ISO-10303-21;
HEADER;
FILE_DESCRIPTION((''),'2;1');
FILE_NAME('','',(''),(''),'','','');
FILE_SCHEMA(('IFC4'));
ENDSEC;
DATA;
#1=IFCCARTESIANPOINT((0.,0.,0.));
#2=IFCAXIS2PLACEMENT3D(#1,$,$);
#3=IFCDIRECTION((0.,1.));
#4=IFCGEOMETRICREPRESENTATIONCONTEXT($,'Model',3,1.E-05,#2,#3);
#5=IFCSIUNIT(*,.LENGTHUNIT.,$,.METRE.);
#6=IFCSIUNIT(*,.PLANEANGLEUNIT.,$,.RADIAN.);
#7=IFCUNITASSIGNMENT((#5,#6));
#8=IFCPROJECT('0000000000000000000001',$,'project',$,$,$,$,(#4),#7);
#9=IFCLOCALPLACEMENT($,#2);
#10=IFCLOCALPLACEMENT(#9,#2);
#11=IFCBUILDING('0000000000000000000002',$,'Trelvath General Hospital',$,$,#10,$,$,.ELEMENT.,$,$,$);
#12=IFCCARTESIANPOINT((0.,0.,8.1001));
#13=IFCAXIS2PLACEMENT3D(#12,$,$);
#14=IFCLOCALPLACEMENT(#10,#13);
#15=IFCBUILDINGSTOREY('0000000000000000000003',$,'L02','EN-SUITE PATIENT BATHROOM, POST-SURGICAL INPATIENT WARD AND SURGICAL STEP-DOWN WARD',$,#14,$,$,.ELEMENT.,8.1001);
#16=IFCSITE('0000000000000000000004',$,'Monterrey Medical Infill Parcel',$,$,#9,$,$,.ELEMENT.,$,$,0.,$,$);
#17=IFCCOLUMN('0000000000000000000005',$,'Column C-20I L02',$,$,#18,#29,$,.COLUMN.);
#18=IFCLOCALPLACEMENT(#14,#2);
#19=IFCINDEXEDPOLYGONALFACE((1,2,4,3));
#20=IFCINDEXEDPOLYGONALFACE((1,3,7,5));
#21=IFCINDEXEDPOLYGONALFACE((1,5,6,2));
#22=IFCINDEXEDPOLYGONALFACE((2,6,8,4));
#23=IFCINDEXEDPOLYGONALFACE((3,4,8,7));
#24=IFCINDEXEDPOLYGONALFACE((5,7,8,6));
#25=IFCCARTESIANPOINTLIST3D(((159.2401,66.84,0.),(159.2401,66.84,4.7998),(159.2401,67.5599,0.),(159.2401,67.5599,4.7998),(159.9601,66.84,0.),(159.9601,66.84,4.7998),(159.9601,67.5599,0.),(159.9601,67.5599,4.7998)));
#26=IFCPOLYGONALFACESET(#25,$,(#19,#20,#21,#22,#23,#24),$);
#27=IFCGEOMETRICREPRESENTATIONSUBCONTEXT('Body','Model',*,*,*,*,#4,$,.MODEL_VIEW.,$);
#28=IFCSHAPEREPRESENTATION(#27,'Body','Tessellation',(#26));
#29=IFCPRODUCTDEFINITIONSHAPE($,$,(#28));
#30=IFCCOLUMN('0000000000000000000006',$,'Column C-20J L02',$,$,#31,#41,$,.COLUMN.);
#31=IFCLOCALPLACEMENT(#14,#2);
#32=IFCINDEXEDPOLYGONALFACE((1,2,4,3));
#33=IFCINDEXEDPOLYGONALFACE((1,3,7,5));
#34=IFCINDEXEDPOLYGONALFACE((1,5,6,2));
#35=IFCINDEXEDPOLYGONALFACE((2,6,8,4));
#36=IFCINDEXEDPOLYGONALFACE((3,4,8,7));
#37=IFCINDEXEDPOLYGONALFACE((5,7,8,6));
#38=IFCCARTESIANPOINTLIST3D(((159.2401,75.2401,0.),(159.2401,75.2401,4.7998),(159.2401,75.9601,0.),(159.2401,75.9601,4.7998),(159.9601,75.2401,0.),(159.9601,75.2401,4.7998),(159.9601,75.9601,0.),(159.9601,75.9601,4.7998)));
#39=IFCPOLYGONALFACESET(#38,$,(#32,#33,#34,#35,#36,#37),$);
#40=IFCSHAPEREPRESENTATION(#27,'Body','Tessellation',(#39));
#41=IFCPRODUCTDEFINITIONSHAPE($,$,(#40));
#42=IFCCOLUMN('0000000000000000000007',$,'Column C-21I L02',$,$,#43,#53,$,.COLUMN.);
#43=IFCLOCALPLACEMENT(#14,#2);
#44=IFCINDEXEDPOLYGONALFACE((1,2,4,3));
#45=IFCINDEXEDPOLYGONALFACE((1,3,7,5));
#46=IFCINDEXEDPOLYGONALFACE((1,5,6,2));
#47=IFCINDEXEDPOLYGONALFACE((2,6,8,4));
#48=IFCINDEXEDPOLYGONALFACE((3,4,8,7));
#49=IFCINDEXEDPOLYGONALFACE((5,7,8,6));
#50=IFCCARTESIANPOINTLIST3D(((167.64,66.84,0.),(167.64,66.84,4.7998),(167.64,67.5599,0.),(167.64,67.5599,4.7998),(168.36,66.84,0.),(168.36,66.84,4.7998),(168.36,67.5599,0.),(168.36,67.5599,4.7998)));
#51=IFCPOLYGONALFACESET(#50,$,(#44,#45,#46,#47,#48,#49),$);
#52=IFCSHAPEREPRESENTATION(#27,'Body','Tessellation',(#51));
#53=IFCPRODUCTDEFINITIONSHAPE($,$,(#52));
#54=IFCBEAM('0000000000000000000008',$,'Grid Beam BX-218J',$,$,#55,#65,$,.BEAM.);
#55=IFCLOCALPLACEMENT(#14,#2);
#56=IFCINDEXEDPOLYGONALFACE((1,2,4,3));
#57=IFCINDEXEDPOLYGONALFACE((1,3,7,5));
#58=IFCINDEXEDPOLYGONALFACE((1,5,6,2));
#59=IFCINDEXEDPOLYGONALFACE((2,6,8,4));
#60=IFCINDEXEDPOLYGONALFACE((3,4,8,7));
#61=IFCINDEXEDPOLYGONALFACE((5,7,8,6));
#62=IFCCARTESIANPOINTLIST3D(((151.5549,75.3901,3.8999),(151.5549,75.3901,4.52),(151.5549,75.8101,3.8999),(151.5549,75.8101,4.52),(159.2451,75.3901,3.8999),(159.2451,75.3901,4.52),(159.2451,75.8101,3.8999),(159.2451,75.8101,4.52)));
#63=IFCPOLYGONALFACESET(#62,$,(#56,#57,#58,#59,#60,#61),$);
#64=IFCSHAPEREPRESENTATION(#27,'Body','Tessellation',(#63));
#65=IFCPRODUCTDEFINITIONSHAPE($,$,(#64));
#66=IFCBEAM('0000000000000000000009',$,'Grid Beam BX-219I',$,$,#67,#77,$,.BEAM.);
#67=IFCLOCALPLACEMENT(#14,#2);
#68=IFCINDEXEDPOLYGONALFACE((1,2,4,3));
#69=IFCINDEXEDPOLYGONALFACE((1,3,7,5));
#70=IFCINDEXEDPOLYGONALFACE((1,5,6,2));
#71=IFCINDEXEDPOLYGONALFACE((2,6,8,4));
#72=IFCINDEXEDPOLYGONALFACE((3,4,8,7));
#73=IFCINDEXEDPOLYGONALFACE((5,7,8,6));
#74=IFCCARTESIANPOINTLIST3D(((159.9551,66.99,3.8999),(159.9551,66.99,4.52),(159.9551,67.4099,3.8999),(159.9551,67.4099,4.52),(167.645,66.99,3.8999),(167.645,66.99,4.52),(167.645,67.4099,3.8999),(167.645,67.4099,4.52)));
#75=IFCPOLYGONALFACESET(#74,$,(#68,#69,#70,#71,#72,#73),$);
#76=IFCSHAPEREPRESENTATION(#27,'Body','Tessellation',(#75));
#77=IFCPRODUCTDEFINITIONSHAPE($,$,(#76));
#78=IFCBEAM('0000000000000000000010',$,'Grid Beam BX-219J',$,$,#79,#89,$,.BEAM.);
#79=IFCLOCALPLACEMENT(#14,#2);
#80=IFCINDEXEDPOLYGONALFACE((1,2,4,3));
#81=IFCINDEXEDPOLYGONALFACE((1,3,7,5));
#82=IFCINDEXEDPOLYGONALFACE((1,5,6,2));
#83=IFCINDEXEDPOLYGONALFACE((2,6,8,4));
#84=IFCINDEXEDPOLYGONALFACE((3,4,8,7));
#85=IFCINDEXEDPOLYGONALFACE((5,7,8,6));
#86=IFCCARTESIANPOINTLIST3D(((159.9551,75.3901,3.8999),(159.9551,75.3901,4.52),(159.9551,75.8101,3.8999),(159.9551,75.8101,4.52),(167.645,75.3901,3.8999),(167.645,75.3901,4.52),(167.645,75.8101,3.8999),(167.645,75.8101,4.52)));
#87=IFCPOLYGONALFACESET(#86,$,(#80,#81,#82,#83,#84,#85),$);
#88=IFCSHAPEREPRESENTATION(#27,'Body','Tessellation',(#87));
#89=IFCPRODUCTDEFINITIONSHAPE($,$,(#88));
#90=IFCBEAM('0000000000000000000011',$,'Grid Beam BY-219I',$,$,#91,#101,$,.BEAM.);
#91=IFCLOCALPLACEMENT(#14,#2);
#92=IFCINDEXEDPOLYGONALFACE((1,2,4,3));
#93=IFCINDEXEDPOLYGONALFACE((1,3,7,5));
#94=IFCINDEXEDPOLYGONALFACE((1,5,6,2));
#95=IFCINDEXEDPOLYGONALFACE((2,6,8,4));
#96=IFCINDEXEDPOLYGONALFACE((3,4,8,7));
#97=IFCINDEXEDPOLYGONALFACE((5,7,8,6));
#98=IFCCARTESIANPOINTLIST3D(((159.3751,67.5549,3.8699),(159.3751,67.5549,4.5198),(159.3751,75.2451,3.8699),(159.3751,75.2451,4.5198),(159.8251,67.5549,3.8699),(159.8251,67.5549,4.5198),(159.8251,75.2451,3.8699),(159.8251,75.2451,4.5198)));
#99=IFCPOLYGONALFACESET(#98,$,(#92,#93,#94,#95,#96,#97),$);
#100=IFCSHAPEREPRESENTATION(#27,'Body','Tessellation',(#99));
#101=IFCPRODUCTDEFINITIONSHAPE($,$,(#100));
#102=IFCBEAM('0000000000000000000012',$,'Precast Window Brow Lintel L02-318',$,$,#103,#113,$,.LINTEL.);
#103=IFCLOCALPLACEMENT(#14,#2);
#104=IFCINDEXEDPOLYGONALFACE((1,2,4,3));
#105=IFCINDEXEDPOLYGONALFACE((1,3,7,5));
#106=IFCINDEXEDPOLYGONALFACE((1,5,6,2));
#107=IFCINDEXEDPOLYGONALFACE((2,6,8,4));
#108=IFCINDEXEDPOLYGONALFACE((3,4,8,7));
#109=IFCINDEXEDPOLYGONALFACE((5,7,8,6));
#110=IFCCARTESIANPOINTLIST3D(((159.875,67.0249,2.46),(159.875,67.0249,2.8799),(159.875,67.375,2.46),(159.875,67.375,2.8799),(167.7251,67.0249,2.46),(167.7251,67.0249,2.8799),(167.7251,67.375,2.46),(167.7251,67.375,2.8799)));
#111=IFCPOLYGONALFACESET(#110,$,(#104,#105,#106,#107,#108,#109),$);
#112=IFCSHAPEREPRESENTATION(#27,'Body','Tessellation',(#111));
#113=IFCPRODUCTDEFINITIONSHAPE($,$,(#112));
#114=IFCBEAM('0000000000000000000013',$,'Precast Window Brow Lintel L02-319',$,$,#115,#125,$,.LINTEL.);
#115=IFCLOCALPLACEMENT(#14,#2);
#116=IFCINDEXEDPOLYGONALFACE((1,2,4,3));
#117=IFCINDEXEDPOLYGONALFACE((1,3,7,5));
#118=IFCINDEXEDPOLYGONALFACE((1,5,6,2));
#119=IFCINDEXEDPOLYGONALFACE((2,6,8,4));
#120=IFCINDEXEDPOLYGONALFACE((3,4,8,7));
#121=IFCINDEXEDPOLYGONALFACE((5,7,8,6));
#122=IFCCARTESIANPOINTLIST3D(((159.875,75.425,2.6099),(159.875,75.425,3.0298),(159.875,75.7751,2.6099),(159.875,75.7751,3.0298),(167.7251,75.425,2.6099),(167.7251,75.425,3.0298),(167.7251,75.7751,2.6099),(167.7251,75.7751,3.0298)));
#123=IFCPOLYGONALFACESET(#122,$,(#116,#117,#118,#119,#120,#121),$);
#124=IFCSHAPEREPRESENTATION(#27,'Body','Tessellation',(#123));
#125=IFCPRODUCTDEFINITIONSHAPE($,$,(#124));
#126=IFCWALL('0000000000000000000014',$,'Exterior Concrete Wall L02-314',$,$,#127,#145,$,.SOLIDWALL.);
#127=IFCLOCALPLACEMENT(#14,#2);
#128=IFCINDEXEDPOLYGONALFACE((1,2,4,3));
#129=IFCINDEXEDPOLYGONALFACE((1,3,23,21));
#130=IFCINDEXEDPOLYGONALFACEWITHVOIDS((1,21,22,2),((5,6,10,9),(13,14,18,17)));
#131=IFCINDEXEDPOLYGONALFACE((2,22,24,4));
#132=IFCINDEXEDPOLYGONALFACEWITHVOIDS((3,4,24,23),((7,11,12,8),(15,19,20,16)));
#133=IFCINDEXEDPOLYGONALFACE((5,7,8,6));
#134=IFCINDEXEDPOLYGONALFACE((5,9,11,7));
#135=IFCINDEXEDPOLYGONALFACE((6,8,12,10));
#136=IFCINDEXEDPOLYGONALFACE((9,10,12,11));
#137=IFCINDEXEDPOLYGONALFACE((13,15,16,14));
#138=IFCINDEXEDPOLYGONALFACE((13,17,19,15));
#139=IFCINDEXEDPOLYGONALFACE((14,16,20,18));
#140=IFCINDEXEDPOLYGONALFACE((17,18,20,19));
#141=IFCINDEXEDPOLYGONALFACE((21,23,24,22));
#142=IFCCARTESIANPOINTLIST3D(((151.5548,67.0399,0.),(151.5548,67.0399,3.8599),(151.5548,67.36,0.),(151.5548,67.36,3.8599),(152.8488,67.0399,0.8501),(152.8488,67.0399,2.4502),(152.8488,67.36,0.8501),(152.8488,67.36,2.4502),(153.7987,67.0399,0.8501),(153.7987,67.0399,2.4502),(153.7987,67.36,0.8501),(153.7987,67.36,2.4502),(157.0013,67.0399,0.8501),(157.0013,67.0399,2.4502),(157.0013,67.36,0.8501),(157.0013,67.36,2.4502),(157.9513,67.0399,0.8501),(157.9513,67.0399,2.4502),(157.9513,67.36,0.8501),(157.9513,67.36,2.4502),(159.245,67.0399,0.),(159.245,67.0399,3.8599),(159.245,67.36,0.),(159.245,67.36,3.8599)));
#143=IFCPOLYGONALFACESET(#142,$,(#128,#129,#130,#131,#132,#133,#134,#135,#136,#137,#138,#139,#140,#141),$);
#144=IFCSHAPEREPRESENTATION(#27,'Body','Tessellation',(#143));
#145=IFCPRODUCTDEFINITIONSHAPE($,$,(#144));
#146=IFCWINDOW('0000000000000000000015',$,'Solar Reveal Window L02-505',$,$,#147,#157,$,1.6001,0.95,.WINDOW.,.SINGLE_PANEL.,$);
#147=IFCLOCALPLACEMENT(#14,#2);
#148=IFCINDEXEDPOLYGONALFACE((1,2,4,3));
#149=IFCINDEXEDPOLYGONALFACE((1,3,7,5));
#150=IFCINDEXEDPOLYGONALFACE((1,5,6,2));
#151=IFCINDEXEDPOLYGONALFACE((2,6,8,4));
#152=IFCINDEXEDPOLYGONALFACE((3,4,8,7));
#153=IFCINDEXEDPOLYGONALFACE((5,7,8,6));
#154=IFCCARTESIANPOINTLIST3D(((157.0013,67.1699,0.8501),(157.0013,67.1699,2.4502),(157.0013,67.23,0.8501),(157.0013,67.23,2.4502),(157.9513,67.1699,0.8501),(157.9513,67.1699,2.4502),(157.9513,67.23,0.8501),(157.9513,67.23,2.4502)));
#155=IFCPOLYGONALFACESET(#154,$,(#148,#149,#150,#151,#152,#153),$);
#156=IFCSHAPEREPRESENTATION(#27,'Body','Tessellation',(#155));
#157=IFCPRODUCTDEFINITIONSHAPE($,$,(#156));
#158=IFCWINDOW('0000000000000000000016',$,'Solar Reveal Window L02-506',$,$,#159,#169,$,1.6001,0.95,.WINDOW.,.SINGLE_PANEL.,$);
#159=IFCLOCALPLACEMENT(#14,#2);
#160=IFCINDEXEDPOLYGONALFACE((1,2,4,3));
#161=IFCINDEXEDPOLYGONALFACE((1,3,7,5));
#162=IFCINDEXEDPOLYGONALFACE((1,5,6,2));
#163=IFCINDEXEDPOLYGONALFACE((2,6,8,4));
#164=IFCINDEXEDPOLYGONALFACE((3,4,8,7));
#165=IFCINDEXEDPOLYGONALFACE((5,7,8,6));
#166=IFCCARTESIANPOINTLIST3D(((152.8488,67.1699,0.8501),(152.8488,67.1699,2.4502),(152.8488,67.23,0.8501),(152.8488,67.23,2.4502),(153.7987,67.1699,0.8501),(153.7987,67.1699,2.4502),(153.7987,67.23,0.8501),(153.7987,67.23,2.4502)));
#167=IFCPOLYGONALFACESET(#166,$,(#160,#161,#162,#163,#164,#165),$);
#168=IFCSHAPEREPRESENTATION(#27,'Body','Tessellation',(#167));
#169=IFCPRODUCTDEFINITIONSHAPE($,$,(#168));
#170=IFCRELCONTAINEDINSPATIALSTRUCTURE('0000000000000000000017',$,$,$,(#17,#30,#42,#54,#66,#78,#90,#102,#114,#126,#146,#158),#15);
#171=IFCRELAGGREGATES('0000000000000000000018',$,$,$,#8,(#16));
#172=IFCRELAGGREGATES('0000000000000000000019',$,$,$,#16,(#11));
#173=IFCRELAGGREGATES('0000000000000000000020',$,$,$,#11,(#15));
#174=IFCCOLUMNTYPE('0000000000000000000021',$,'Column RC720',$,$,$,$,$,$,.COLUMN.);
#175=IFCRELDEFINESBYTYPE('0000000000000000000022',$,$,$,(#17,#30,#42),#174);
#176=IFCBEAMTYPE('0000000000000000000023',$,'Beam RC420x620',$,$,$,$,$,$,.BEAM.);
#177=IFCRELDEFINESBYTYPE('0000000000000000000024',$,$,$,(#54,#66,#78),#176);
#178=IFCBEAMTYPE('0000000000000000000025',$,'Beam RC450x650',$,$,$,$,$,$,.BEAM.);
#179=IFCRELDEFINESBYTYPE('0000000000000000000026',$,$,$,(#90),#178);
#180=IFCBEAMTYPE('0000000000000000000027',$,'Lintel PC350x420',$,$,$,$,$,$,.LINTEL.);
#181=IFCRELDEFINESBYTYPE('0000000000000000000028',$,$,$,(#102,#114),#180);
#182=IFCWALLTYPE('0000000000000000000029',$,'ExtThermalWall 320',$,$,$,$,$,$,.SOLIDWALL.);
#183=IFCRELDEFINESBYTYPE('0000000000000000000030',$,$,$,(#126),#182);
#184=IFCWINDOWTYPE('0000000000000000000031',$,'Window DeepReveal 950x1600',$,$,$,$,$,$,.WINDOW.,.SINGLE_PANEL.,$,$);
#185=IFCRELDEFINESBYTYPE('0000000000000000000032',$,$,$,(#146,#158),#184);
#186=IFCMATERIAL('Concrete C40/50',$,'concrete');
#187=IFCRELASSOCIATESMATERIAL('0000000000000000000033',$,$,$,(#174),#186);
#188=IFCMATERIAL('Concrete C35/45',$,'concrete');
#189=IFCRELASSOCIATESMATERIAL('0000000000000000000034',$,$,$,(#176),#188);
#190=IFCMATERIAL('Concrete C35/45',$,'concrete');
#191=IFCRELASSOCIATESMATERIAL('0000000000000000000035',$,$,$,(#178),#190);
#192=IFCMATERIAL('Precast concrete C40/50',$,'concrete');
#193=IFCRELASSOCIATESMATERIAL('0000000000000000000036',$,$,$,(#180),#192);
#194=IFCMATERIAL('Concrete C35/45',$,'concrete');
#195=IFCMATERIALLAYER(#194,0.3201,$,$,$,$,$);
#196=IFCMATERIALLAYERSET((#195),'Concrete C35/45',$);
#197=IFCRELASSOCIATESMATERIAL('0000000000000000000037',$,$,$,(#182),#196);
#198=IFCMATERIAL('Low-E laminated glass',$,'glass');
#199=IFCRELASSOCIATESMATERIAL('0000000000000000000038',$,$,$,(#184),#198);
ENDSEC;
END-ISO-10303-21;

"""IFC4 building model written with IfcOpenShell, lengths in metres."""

from ifc_helpers import new_model, si_unit, direction, frame, frame_2d, origin, origin_2d, place, context, subcontext, project, spatial, rectangle, extrude, material, layer, layer_set, material_profile, profile_set, type_object, element, fill, save


model = new_model("IFC4")

# Units and contexts
model_context = context("Model", 3, precision=1e-05, world=origin(), true_north=direction((0.0, 1.0)))
body_context = subcontext(model_context, "Body", "Model", "MODEL_VIEW")
ifc_project = project(units=[si_unit("LENGTHUNIT", "METRE"), si_unit("PLANEANGLEUNIT", "RADIAN")], contexts=[model_context])

# Site, building, storey
site_placement = place(None, origin())
site = spatial("IfcSite", under=ifc_project, at=site_placement, Name="Monterrey Medical Infill Parcel", CompositionType="ELEMENT", RefElevation=0.0)
building_placement = place(site_placement, origin())
building = spatial("IfcBuilding", under=site, at=building_placement, Name="Trelvath General Hospital", CompositionType="ELEMENT")
storey_placement = place(building_placement, frame((0.0, 0.0, 8.1001)))
storey = spatial("IfcBuildingStorey", under=building, at=storey_placement, Name="L02", Description="EN-SUITE PATIENT BATHROOM, POST-SURGICAL INPATIENT WARD AND SURGICAL STEP-DOWN WARD", CompositionType="ELEMENT", Elevation=8.1001)

# Columns
ifc_material_1 = material(Name="Concrete C40/50", Category="concrete")
ifc_material_profile_1 = material_profile(ifc_material_1, rectangle(XDim=0.72, YDim=0.72, at=origin_2d()), Name="RC720x720")
ifc_profile_set_1 = profile_set([ifc_material_profile_1], Name="Concrete C40/50")
column_type = type_object("IfcColumnType", Name="Column RC720", PredefinedType="COLUMN", material=ifc_profile_set_1)
for number, where, z_axis, x_axis, name in (
    (1, (159.6001, 67.2, 0.0), (0.0, 0.0, 1.0), (1.0, 0.0, 0.0), "Column C-20I L02"),
    (2, (159.6001, 75.6001, 0.0), (0.0, 0.0, 1.0), (1.0, 0.0, 0.0), "Column C-20J L02"),
    (3, (168.0, 67.2, 0.0), (0.0, 0.0, 1.0), (1.0, 0.0, 0.0), "Column C-21I L02"),
):
    element("IfcColumn", number, at=place(storey_placement, frame(where, z_axis=z_axis, x_axis=x_axis)), inside=storey, type_object=column_type, Name=name, PredefinedType="COLUMN", context=body_context, shape_type="SweptSolid", body=[
        extrude(rectangle(XDim=0.72, YDim=0.72, at=origin_2d()), origin(), (0.0, 0.0, 1.0), 4.7998),
    ])

# Beams
ifc_material_2 = material(Name="Concrete C35/45", Category="concrete")
ifc_material_profile_2 = material_profile(ifc_material_2, rectangle(XDim=0.4199, YDim=0.6201, at=origin_2d()), Name="RCB420x620")
ifc_profile_set_2 = profile_set([ifc_material_profile_2], Name="Concrete C35/45")
beam_type_1 = type_object("IfcBeamType", Name="Beam RC420x620", PredefinedType="BEAM", material=ifc_profile_set_2)
beam_1_placement = place(storey_placement, frame((151.5549, 75.6001, 4.21), z_axis=(1.0, 0.0, 0.0), x_axis=(0.0, 1.0, 0.0)))
element("IfcBeam", 4, at=beam_1_placement, inside=storey, type_object=beam_type_1, Name="Grid Beam BX-218J", PredefinedType="BEAM", context=body_context, shape_type="SweptSolid", body=[
    extrude(rectangle(XDim=0.4199, YDim=0.6201, at=origin_2d()), origin(), (0.0, 0.0, 1.0), 7.6902),
])
for number, where, z_axis, x_axis, name in (
    (5, (159.9551, 67.2, 4.21), (1.0, 0.0, 0.0), (0.0, 1.0, 0.0), "Grid Beam BX-219I"),
    (6, (159.9551, 75.6001, 4.21), (1.0, 0.0, 0.0), (0.0, 1.0, 0.0), "Grid Beam BX-219J"),
):
    element("IfcBeam", number, at=place(storey_placement, frame(where, z_axis=z_axis, x_axis=x_axis)), inside=storey, type_object=beam_type_1, Name=name, PredefinedType="BEAM", context=body_context, shape_type="SweptSolid", body=[
        extrude(rectangle(XDim=0.4199, YDim=0.6201, at=origin_2d()), origin(), (0.0, 0.0, 1.0), 7.6899),
    ])
ifc_material_3 = material(Name="Concrete C35/45", Category="concrete")
ifc_material_profile_3 = material_profile(ifc_material_3, rectangle(XDim=0.45, YDim=0.6499, at=origin_2d()), Name="RCB450x650")
ifc_profile_set_3 = profile_set([ifc_material_profile_3], Name="Concrete C35/45")
beam_type_2 = type_object("IfcBeamType", Name="Beam RC450x650", PredefinedType="BEAM", material=ifc_profile_set_3)
beam_2_placement = place(storey_placement, frame((159.6001, 67.5549, 4.1948), z_axis=(0.0, 1.0, 0.0), x_axis=(-1.0, 0.0, 0.0)))
element("IfcBeam", 7, at=beam_2_placement, inside=storey, type_object=beam_type_2, Name="Grid Beam BY-219I", PredefinedType="BEAM", context=body_context, shape_type="SweptSolid", body=[
    extrude(rectangle(XDim=0.45, YDim=0.6499, at=origin_2d()), origin(), (0.0, 0.0, 1.0), 7.6902),
])
ifc_material_4 = material(Name="Precast concrete C40/50", Category="concrete")
ifc_material_profile_4 = material_profile(ifc_material_4, rectangle(XDim=0.3501, YDim=0.4199, at=origin_2d()), Name="PCL350x420")
ifc_profile_set_4 = profile_set([ifc_material_profile_4], Name="Precast concrete C40/50")
beam_type_3 = type_object("IfcBeamType", Name="Lintel PC350x420", PredefinedType="LINTEL", material=ifc_profile_set_4)
for number, where, z_axis, x_axis, name in (
    (8, (167.7251, 67.2, 2.6699), (-1.0, 0.0, 0.0), (0.0, -1.0, 0.0), "Precast Window Brow Lintel L02-318"),
    (9, (159.875, 75.6001, 2.8198), (1.0, 0.0, 0.0), (0.0, 1.0, 0.0), "Precast Window Brow Lintel L02-319"),
):
    element("IfcBeam", number, at=place(storey_placement, frame(where, z_axis=z_axis, x_axis=x_axis)), inside=storey, type_object=beam_type_3, Name=name, PredefinedType="LINTEL", context=body_context, shape_type="SweptSolid", body=[
        extrude(rectangle(XDim=0.3501, YDim=0.4199, at=origin_2d()), origin(), (0.0, 0.0, 1.0), 7.8501),
    ])

# Wall, openings, windows
ifc_material_5 = material(Name="Concrete C35/45", Category="concrete")
ifc_layer = layer(ifc_material_5, 0.3201)
ifc_layer_set = layer_set([ifc_layer], Name="Concrete C35/45")
wall_type = type_object("IfcWallType", Name="ExtThermalWall 320", PredefinedType="SOLIDWALL", material=ifc_layer_set)
wall_1_placement = place(storey_placement, frame((159.2451, 67.2, 0.0), z_axis=(0.0, 0.0, 1.0), x_axis=(-1.0, 0.0, 0.0)))
wall_1 = element("IfcWall", 10, at=wall_1_placement, inside=storey, type_object=wall_type, Name="Exterior Concrete Wall L02-314", PredefinedType="SOLIDWALL", context=body_context, shape_type="SweptSolid", body=[
    extrude(rectangle(XDim=7.6902, YDim=0.3201, at=frame_2d((3.8452, 0.0))), origin(), (0.0, 0.0, 1.0), 3.8599),
])
opening_1_placement = place(wall_1_placement, frame((1.2937, 0.0, 0.8501)))
opening_1 = element("IfcOpeningElement", 11, at=opening_1_placement, cuts=wall_1, PredefinedType="OPENING", context=body_context, shape_type="SweptSolid", body=[
    extrude(rectangle(XDim=0.95, YDim=1.6001, at=frame_2d((0.4751, 0.8))), frame((0.0, 0.1699, 0.0), z_axis=(0.0, -1.0, 0.0), x_axis=(1.0, 0.0, 0.0)), (0.0, 0.0, 1.0), 0.3401),
])
opening_2_placement = place(wall_1_placement, frame((5.4463, 0.0, 0.8501)))
opening_2 = element("IfcOpeningElement", 12, at=opening_2_placement, cuts=wall_1, PredefinedType="OPENING", context=body_context, shape_type="SweptSolid", body=[
    extrude(rectangle(XDim=0.95, YDim=1.6001, at=frame_2d((0.4751, 0.8))), frame((0.0, 0.1699, 0.0), z_axis=(0.0, -1.0, 0.0), x_axis=(1.0, 0.0, 0.0)), (0.0, 0.0, 1.0), 0.3401),
])
ifc_material_6 = material(Name="Low-E laminated glass", Category="glass")
window_type_1 = type_object("IfcWindowType", Name="Window DeepReveal 950x1600", PartitioningType="SINGLE_PANEL", PredefinedType="WINDOW", material=ifc_material_6)
window_1_placement = place(opening_1_placement, origin())
window_1 = element("IfcWindow", 13, at=window_1_placement, inside=storey, type_object=window_type_1, Name="Solar Reveal Window L02-505", OverallHeight=1.6001, OverallWidth=0.95, PartitioningType="SINGLE_PANEL", PredefinedType="WINDOW", context=body_context, shape_type="SweptSolid", body=[
    extrude(rectangle(XDim=0.95, YDim=1.6001, at=frame_2d((0.4751, 0.8))), frame((0.0, 0.03, 0.0), z_axis=(0.0, -1.0, 0.0), x_axis=(1.0, 0.0, 0.0)), (0.0, 0.0, 1.0), 0.0601),
])
fill(opening_1, window_1)
window_2_placement = place(opening_2_placement, origin())
window_2 = element("IfcWindow", 14, at=window_2_placement, inside=storey, type_object=window_type_1, Name="Solar Reveal Window L02-506", OverallHeight=1.6001, OverallWidth=0.95, PartitioningType="SINGLE_PANEL", PredefinedType="WINDOW", context=body_context, shape_type="SweptSolid", body=[
    extrude(rectangle(XDim=0.95, YDim=1.6001, at=frame_2d((0.4751, 0.8))), frame((0.0, 0.03, 0.0), z_axis=(0.0, -1.0, 0.0), x_axis=(1.0, 0.0, 0.0)), (0.0, 0.0, 1.0), 0.0601),
])
fill(opening_2, window_2)

save(model, "model.ifc")
